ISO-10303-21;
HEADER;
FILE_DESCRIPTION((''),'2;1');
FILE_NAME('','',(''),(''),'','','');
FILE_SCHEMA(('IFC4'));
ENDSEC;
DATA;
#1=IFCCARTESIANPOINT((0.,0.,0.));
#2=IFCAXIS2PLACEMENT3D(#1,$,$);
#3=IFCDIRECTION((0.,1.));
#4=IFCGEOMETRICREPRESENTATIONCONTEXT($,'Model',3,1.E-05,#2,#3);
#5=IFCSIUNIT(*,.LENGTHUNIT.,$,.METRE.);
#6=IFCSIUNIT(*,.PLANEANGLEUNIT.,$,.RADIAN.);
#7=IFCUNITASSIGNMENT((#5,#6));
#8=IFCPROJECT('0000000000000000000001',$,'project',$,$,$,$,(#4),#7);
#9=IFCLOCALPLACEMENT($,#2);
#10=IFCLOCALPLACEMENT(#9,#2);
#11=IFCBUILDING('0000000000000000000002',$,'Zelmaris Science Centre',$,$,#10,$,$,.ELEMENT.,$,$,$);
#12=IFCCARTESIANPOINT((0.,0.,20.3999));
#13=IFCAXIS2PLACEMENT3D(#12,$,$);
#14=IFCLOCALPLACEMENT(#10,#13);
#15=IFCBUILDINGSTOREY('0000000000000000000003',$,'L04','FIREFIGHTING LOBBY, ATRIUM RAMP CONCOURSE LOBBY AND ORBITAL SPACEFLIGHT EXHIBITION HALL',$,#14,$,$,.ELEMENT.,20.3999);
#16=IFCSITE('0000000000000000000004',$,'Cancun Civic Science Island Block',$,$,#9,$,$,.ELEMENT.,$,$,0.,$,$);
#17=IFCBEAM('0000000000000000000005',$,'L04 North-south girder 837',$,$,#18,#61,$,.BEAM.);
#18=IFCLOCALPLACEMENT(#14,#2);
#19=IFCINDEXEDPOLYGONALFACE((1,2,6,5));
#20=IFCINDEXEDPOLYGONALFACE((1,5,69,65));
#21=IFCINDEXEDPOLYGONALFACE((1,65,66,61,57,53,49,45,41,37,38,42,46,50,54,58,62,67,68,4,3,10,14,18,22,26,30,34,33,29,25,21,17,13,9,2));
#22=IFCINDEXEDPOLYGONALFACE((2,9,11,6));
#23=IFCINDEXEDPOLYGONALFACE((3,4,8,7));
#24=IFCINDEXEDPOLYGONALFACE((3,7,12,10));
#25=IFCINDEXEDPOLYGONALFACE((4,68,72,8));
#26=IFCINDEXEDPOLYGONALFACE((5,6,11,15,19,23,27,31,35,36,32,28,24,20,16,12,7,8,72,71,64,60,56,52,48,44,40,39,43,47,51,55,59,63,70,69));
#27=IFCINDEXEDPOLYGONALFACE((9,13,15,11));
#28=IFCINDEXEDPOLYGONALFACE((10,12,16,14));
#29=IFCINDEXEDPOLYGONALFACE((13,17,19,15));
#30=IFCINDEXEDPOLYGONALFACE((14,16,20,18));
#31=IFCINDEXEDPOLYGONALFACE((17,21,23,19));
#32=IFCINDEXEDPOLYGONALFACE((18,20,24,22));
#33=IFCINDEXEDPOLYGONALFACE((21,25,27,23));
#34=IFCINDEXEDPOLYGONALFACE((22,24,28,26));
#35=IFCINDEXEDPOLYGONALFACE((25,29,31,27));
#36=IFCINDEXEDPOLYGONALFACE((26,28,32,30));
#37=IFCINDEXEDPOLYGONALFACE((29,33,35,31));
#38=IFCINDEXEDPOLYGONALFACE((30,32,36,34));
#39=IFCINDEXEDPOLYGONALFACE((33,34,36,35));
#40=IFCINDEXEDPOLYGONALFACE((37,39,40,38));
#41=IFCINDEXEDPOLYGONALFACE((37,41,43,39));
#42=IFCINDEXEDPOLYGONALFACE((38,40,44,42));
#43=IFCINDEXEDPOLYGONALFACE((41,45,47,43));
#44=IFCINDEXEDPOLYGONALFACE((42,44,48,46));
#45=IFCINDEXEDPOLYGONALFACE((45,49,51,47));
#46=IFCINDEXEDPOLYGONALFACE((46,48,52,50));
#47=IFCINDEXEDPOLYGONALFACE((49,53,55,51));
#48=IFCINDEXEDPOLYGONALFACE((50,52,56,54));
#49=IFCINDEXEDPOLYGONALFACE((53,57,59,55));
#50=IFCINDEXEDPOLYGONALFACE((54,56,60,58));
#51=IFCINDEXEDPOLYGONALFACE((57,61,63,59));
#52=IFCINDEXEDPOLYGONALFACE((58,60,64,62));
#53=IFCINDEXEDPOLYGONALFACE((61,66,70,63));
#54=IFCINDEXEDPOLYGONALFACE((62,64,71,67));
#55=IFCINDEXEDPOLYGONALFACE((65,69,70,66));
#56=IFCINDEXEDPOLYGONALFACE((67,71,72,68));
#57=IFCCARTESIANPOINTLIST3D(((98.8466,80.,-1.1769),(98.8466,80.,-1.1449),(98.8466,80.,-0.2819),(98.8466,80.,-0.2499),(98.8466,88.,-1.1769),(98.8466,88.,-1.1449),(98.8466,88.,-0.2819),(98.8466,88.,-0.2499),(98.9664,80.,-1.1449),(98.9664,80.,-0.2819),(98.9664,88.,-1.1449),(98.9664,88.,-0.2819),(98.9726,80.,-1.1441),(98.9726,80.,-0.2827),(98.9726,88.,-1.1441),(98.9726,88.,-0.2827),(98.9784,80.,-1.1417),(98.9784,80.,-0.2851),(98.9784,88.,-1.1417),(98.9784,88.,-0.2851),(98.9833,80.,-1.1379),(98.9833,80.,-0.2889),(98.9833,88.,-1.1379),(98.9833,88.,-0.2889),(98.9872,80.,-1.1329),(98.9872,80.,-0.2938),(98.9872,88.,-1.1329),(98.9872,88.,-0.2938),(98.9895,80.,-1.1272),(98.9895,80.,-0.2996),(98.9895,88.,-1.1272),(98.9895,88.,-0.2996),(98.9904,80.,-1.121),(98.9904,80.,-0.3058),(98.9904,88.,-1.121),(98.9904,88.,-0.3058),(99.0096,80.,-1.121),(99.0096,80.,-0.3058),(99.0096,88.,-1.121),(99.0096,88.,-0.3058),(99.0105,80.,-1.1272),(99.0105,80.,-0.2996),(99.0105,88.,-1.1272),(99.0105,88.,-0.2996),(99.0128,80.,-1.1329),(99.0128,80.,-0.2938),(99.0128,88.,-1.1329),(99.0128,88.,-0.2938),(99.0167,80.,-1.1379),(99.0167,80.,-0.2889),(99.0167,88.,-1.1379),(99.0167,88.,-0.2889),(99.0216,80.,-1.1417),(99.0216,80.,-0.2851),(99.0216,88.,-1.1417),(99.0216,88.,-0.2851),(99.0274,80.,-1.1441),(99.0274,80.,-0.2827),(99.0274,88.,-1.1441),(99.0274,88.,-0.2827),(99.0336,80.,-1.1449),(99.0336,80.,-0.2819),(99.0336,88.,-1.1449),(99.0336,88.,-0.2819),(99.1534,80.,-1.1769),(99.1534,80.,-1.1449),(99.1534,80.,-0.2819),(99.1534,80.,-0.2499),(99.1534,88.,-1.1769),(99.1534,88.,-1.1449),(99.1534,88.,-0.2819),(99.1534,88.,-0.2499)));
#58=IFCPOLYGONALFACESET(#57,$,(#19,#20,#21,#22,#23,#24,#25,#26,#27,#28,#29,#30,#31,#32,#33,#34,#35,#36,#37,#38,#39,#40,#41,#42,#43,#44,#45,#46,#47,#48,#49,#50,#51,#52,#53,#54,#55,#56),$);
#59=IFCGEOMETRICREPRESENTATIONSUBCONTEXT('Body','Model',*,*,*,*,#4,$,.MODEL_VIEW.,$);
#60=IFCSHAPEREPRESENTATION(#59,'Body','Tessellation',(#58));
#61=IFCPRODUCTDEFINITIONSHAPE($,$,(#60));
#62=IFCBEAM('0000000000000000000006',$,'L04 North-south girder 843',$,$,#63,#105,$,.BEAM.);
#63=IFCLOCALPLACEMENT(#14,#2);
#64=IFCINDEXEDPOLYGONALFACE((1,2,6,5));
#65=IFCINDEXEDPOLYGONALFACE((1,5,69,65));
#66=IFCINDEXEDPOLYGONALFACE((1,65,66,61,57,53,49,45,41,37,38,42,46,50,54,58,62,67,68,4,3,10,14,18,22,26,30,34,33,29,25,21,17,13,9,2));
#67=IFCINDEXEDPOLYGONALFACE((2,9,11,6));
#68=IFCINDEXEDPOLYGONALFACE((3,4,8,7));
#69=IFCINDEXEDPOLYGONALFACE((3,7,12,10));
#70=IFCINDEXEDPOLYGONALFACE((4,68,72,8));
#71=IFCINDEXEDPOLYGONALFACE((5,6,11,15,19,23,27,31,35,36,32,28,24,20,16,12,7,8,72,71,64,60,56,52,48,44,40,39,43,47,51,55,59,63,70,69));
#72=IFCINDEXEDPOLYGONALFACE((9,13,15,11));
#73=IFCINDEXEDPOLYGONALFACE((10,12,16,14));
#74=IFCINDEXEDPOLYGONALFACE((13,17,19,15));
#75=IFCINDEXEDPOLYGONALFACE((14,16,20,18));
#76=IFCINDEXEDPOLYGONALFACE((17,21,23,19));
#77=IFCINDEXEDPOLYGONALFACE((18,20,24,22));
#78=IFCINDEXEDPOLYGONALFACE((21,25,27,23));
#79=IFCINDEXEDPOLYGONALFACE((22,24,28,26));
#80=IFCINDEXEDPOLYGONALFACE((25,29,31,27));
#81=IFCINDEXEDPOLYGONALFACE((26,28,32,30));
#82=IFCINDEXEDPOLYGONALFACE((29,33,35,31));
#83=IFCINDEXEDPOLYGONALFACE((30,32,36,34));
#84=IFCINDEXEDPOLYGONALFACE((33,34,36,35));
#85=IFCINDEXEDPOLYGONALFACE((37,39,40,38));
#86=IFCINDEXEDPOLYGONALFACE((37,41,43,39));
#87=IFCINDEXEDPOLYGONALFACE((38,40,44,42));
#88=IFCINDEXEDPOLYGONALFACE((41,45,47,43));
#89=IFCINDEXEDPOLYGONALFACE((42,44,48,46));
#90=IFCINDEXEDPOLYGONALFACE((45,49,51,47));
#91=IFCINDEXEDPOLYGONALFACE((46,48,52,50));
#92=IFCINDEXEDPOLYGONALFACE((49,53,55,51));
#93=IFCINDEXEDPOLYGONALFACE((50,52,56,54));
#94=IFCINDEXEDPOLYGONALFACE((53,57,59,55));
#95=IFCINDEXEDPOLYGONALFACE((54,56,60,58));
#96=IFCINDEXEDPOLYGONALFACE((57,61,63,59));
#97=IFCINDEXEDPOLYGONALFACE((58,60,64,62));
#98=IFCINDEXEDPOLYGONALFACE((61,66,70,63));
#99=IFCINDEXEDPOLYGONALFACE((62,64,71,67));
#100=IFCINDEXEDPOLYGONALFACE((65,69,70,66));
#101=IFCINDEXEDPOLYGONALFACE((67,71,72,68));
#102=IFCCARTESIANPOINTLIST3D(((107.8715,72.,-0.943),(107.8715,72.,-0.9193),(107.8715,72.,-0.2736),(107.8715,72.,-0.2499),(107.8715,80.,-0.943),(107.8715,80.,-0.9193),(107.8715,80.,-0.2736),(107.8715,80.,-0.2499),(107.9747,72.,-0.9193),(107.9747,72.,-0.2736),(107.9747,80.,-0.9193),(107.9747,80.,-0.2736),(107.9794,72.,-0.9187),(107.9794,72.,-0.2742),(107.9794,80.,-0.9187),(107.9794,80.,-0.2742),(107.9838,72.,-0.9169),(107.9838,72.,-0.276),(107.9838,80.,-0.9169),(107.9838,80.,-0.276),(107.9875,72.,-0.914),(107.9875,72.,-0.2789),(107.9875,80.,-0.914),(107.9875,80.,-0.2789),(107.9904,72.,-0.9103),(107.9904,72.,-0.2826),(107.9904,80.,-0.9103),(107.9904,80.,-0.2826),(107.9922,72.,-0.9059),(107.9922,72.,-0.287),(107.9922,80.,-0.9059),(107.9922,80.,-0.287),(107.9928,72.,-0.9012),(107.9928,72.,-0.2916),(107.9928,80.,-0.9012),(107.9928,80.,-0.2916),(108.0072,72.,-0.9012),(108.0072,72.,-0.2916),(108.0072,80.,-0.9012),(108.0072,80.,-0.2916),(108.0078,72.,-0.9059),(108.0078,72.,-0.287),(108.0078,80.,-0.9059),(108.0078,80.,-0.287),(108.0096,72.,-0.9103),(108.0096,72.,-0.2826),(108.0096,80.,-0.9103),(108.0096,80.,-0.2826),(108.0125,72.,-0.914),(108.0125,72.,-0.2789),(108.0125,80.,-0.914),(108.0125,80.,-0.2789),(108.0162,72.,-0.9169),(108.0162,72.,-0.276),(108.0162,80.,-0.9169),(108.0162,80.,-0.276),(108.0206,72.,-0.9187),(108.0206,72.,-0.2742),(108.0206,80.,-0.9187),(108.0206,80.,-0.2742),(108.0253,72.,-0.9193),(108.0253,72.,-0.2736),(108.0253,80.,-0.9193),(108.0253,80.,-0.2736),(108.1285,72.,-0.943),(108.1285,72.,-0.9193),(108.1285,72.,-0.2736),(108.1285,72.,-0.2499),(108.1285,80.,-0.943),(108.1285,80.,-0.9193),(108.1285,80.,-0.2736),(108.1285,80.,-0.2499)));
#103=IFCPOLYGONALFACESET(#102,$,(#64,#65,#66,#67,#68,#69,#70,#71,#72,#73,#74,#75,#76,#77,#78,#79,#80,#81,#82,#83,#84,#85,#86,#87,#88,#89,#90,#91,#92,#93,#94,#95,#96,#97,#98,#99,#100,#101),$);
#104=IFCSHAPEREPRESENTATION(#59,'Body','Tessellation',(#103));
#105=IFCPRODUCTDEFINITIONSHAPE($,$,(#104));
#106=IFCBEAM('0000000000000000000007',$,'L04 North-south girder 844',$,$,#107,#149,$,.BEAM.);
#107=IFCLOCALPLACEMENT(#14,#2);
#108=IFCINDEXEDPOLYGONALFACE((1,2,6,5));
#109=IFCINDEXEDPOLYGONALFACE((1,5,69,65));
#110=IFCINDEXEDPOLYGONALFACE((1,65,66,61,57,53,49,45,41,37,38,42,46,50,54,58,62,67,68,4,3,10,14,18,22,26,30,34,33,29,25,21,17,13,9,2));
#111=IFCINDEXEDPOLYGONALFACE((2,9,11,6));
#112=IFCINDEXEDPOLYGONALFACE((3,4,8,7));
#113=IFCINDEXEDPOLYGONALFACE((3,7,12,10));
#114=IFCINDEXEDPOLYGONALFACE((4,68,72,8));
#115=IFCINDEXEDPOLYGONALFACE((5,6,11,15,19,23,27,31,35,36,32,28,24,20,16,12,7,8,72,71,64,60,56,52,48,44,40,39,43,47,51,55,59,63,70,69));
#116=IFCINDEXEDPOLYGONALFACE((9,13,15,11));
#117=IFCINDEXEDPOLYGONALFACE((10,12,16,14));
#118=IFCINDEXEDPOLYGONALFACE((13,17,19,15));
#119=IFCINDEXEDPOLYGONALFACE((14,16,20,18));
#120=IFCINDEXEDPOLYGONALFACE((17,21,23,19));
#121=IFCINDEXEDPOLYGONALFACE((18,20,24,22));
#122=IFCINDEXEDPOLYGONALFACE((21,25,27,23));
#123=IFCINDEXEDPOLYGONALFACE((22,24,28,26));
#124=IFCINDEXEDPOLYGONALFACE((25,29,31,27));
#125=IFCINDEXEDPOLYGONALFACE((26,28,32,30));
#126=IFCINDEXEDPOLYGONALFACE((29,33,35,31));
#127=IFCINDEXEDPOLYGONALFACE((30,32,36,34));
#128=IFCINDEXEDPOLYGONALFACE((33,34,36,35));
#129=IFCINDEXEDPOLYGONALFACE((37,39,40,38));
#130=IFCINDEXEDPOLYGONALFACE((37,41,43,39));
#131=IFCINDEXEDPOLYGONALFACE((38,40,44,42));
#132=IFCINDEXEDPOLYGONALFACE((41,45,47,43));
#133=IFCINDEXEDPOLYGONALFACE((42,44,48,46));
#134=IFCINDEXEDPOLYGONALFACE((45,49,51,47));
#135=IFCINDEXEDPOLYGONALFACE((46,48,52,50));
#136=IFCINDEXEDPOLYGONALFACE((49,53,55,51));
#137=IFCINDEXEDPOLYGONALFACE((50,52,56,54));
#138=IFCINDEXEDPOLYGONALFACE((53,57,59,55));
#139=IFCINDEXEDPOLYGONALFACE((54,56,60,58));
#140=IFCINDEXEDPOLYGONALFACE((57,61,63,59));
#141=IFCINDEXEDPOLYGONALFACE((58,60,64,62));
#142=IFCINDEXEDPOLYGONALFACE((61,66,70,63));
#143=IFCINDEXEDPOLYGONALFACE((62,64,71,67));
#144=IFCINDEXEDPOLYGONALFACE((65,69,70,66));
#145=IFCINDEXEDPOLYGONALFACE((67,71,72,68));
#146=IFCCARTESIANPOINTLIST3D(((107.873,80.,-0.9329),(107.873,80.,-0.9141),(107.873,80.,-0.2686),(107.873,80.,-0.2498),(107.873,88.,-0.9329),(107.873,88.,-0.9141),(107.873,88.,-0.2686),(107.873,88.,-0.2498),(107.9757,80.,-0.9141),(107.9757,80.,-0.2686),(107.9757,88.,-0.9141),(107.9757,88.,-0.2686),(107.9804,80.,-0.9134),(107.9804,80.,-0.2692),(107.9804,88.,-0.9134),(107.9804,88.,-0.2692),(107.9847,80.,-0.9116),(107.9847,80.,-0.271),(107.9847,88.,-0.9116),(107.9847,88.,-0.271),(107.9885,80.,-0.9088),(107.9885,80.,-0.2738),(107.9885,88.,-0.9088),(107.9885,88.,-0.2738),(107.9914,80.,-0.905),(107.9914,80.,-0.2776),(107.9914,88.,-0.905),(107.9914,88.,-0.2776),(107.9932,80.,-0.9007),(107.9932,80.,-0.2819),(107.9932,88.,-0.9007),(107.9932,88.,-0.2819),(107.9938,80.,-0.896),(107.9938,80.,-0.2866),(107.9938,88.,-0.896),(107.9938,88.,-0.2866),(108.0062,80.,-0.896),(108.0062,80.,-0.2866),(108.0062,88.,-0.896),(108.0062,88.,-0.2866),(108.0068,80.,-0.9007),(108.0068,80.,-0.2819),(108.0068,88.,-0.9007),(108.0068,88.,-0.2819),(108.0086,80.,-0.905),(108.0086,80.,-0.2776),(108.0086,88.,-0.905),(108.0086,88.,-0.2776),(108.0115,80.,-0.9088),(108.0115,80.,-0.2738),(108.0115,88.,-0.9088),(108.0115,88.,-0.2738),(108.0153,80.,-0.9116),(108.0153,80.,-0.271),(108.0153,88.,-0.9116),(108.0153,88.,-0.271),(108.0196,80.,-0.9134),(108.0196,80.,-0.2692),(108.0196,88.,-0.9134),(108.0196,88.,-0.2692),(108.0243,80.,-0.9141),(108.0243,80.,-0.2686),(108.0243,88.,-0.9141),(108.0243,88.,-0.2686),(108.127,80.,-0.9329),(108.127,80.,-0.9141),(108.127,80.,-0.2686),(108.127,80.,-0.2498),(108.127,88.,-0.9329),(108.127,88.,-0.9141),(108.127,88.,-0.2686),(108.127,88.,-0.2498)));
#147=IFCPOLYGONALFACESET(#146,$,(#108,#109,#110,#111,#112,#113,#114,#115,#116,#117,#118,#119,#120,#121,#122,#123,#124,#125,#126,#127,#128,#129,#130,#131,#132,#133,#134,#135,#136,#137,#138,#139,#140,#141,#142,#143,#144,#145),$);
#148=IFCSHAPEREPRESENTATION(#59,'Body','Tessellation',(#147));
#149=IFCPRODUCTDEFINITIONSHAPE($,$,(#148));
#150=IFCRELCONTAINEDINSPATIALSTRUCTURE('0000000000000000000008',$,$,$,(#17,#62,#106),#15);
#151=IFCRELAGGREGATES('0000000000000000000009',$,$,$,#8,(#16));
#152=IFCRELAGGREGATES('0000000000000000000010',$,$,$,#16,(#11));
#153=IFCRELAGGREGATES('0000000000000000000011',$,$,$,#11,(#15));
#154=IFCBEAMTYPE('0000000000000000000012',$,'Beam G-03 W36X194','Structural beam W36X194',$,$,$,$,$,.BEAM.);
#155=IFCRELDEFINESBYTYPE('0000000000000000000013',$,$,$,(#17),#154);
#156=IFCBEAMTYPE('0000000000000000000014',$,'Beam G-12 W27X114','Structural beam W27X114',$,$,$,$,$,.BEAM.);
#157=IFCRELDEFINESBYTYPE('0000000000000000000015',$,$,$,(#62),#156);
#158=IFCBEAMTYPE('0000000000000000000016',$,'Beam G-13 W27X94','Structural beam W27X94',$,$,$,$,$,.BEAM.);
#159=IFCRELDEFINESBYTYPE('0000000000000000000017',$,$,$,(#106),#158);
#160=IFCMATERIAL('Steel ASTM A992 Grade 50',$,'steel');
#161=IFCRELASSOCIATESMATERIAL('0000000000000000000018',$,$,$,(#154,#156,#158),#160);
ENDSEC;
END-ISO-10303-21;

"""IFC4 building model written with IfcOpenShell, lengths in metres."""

from ifc_helpers import new_model, si_unit, direction, frame, origin, origin_2d, place, context, subcontext, project, spatial, i_section, extrude, material, material_profile, profile_set, type_object, element, save


model = new_model("IFC4")

# Units and contexts
model_context = context("Model", 3, precision=1e-05, world=origin(), true_north=direction((0.0, 1.0)))
body_context = subcontext(model_context, "Body", "Model", "MODEL_VIEW")
ifc_project = project(units=[si_unit("LENGTHUNIT", "METRE"), si_unit("PLANEANGLEUNIT", "RADIAN")], contexts=[model_context])

# Site, building, storey
site_placement = place(None, origin())
site = spatial("IfcSite", under=ifc_project, at=site_placement, Name="Cancun Civic Science Island Block", CompositionType="ELEMENT", RefElevation=0.0)
building_placement = place(site_placement, origin())
building = spatial("IfcBuilding", under=site, at=building_placement, Name="Zelmaris Science Centre", CompositionType="ELEMENT")
storey_placement = place(building_placement, frame((0.0, 0.0, 20.3999)))
storey = spatial("IfcBuildingStorey", under=building, at=storey_placement, Name="L04", Description="FIREFIGHTING LOBBY, ATRIUM RAMP CONCOURSE LOBBY AND ORBITAL SPACEFLIGHT EXHIBITION HALL", CompositionType="ELEMENT", Elevation=20.3999)

# Beams
ifc_material_1 = material(Name="Steel ASTM A992 Grade 50", Category="steel")
ifc_material_profile_1 = material_profile(ifc_material_1, i_section(OverallWidth=0.3069, OverallDepth=0.927, WebThickness=0.0193, FlangeThickness=0.032, FilletRadius=0.0239, at=origin_2d()), Name="W36X194")
ifc_profile_set_1 = profile_set([ifc_material_profile_1], Name="Steel ASTM A992 Grade 50")
beam_type_1 = type_object("IfcBeamType", Name="Beam G-03 W36X194", Description="Structural beam W36X194", PredefinedType="BEAM", material=ifc_profile_set_1)
beam_1_placement = place(storey_placement, frame((99.0, 80.0, -0.7134), z_axis=(0.0, 1.0, 0.0), x_axis=(-1.0, 0.0, 0.0)))
element("IfcBeam", 1, at=beam_1_placement, inside=storey, type_object=beam_type_1, Name="L04 North-south girder 837", PredefinedType="BEAM", context=body_context, shape_type="SweptSolid", body=[
    extrude(i_section(OverallWidth=0.3069, OverallDepth=0.927, WebThickness=0.0193, FlangeThickness=0.032, FilletRadius=0.0239, at=origin_2d()), origin(), (0.0, 0.0, 1.0), 8.0),
])
ifc_material_profile_2 = material_profile(ifc_material_1, i_section(OverallWidth=0.2571, OverallDepth=0.6931, WebThickness=0.0144, FlangeThickness=0.0237, FilletRadius=0.0181, at=origin_2d()), Name="W27X114")
ifc_profile_set_2 = profile_set([ifc_material_profile_2], Name="Steel ASTM A992 Grade 50")
beam_type_2 = type_object("IfcBeamType", Name="Beam G-12 W27X114", Description="Structural beam W27X114", PredefinedType="BEAM", material=ifc_profile_set_2)
beam_2_placement = place(storey_placement, frame((108.0, 72.0, -0.5964), z_axis=(0.0, 1.0, 0.0), x_axis=(-1.0, 0.0, 0.0)))
element("IfcBeam", 2, at=beam_2_placement, inside=storey, type_object=beam_type_2, Name="L04 North-south girder 843", PredefinedType="BEAM", context=body_context, shape_type="SweptSolid", body=[
    extrude(i_section(OverallWidth=0.2571, OverallDepth=0.6931, WebThickness=0.0144, FlangeThickness=0.0237, FilletRadius=0.0181, at=origin_2d()), origin(), (0.0, 0.0, 1.0), 8.0),
])
ifc_material_profile_3 = material_profile(ifc_material_1, i_section(OverallWidth=0.2539, OverallDepth=0.6831, WebThickness=0.0125, FlangeThickness=0.0188, FilletRadius=0.0181, at=origin_2d()), Name="W27X94")
ifc_profile_set_3 = profile_set([ifc_material_profile_3], Name="Steel ASTM A992 Grade 50")
beam_type_3 = type_object("IfcBeamType", Name="Beam G-13 W27X94", Description="Structural beam W27X94", PredefinedType="BEAM", material=ifc_profile_set_3)
beam_3_placement = place(storey_placement, frame((108.0, 80.0, -0.5913), z_axis=(0.0, 1.0, 0.0), x_axis=(-1.0, 0.0, 0.0)))
element("IfcBeam", 3, at=beam_3_placement, inside=storey, type_object=beam_type_3, Name="L04 North-south girder 844", PredefinedType="BEAM", context=body_context, shape_type="SweptSolid", body=[
    extrude(i_section(OverallWidth=0.2539, OverallDepth=0.6831, WebThickness=0.0125, FlangeThickness=0.0188, FilletRadius=0.0181, at=origin_2d()), origin(), (0.0, 0.0, 1.0), 8.0),
])

save(model, "model.ifc")
